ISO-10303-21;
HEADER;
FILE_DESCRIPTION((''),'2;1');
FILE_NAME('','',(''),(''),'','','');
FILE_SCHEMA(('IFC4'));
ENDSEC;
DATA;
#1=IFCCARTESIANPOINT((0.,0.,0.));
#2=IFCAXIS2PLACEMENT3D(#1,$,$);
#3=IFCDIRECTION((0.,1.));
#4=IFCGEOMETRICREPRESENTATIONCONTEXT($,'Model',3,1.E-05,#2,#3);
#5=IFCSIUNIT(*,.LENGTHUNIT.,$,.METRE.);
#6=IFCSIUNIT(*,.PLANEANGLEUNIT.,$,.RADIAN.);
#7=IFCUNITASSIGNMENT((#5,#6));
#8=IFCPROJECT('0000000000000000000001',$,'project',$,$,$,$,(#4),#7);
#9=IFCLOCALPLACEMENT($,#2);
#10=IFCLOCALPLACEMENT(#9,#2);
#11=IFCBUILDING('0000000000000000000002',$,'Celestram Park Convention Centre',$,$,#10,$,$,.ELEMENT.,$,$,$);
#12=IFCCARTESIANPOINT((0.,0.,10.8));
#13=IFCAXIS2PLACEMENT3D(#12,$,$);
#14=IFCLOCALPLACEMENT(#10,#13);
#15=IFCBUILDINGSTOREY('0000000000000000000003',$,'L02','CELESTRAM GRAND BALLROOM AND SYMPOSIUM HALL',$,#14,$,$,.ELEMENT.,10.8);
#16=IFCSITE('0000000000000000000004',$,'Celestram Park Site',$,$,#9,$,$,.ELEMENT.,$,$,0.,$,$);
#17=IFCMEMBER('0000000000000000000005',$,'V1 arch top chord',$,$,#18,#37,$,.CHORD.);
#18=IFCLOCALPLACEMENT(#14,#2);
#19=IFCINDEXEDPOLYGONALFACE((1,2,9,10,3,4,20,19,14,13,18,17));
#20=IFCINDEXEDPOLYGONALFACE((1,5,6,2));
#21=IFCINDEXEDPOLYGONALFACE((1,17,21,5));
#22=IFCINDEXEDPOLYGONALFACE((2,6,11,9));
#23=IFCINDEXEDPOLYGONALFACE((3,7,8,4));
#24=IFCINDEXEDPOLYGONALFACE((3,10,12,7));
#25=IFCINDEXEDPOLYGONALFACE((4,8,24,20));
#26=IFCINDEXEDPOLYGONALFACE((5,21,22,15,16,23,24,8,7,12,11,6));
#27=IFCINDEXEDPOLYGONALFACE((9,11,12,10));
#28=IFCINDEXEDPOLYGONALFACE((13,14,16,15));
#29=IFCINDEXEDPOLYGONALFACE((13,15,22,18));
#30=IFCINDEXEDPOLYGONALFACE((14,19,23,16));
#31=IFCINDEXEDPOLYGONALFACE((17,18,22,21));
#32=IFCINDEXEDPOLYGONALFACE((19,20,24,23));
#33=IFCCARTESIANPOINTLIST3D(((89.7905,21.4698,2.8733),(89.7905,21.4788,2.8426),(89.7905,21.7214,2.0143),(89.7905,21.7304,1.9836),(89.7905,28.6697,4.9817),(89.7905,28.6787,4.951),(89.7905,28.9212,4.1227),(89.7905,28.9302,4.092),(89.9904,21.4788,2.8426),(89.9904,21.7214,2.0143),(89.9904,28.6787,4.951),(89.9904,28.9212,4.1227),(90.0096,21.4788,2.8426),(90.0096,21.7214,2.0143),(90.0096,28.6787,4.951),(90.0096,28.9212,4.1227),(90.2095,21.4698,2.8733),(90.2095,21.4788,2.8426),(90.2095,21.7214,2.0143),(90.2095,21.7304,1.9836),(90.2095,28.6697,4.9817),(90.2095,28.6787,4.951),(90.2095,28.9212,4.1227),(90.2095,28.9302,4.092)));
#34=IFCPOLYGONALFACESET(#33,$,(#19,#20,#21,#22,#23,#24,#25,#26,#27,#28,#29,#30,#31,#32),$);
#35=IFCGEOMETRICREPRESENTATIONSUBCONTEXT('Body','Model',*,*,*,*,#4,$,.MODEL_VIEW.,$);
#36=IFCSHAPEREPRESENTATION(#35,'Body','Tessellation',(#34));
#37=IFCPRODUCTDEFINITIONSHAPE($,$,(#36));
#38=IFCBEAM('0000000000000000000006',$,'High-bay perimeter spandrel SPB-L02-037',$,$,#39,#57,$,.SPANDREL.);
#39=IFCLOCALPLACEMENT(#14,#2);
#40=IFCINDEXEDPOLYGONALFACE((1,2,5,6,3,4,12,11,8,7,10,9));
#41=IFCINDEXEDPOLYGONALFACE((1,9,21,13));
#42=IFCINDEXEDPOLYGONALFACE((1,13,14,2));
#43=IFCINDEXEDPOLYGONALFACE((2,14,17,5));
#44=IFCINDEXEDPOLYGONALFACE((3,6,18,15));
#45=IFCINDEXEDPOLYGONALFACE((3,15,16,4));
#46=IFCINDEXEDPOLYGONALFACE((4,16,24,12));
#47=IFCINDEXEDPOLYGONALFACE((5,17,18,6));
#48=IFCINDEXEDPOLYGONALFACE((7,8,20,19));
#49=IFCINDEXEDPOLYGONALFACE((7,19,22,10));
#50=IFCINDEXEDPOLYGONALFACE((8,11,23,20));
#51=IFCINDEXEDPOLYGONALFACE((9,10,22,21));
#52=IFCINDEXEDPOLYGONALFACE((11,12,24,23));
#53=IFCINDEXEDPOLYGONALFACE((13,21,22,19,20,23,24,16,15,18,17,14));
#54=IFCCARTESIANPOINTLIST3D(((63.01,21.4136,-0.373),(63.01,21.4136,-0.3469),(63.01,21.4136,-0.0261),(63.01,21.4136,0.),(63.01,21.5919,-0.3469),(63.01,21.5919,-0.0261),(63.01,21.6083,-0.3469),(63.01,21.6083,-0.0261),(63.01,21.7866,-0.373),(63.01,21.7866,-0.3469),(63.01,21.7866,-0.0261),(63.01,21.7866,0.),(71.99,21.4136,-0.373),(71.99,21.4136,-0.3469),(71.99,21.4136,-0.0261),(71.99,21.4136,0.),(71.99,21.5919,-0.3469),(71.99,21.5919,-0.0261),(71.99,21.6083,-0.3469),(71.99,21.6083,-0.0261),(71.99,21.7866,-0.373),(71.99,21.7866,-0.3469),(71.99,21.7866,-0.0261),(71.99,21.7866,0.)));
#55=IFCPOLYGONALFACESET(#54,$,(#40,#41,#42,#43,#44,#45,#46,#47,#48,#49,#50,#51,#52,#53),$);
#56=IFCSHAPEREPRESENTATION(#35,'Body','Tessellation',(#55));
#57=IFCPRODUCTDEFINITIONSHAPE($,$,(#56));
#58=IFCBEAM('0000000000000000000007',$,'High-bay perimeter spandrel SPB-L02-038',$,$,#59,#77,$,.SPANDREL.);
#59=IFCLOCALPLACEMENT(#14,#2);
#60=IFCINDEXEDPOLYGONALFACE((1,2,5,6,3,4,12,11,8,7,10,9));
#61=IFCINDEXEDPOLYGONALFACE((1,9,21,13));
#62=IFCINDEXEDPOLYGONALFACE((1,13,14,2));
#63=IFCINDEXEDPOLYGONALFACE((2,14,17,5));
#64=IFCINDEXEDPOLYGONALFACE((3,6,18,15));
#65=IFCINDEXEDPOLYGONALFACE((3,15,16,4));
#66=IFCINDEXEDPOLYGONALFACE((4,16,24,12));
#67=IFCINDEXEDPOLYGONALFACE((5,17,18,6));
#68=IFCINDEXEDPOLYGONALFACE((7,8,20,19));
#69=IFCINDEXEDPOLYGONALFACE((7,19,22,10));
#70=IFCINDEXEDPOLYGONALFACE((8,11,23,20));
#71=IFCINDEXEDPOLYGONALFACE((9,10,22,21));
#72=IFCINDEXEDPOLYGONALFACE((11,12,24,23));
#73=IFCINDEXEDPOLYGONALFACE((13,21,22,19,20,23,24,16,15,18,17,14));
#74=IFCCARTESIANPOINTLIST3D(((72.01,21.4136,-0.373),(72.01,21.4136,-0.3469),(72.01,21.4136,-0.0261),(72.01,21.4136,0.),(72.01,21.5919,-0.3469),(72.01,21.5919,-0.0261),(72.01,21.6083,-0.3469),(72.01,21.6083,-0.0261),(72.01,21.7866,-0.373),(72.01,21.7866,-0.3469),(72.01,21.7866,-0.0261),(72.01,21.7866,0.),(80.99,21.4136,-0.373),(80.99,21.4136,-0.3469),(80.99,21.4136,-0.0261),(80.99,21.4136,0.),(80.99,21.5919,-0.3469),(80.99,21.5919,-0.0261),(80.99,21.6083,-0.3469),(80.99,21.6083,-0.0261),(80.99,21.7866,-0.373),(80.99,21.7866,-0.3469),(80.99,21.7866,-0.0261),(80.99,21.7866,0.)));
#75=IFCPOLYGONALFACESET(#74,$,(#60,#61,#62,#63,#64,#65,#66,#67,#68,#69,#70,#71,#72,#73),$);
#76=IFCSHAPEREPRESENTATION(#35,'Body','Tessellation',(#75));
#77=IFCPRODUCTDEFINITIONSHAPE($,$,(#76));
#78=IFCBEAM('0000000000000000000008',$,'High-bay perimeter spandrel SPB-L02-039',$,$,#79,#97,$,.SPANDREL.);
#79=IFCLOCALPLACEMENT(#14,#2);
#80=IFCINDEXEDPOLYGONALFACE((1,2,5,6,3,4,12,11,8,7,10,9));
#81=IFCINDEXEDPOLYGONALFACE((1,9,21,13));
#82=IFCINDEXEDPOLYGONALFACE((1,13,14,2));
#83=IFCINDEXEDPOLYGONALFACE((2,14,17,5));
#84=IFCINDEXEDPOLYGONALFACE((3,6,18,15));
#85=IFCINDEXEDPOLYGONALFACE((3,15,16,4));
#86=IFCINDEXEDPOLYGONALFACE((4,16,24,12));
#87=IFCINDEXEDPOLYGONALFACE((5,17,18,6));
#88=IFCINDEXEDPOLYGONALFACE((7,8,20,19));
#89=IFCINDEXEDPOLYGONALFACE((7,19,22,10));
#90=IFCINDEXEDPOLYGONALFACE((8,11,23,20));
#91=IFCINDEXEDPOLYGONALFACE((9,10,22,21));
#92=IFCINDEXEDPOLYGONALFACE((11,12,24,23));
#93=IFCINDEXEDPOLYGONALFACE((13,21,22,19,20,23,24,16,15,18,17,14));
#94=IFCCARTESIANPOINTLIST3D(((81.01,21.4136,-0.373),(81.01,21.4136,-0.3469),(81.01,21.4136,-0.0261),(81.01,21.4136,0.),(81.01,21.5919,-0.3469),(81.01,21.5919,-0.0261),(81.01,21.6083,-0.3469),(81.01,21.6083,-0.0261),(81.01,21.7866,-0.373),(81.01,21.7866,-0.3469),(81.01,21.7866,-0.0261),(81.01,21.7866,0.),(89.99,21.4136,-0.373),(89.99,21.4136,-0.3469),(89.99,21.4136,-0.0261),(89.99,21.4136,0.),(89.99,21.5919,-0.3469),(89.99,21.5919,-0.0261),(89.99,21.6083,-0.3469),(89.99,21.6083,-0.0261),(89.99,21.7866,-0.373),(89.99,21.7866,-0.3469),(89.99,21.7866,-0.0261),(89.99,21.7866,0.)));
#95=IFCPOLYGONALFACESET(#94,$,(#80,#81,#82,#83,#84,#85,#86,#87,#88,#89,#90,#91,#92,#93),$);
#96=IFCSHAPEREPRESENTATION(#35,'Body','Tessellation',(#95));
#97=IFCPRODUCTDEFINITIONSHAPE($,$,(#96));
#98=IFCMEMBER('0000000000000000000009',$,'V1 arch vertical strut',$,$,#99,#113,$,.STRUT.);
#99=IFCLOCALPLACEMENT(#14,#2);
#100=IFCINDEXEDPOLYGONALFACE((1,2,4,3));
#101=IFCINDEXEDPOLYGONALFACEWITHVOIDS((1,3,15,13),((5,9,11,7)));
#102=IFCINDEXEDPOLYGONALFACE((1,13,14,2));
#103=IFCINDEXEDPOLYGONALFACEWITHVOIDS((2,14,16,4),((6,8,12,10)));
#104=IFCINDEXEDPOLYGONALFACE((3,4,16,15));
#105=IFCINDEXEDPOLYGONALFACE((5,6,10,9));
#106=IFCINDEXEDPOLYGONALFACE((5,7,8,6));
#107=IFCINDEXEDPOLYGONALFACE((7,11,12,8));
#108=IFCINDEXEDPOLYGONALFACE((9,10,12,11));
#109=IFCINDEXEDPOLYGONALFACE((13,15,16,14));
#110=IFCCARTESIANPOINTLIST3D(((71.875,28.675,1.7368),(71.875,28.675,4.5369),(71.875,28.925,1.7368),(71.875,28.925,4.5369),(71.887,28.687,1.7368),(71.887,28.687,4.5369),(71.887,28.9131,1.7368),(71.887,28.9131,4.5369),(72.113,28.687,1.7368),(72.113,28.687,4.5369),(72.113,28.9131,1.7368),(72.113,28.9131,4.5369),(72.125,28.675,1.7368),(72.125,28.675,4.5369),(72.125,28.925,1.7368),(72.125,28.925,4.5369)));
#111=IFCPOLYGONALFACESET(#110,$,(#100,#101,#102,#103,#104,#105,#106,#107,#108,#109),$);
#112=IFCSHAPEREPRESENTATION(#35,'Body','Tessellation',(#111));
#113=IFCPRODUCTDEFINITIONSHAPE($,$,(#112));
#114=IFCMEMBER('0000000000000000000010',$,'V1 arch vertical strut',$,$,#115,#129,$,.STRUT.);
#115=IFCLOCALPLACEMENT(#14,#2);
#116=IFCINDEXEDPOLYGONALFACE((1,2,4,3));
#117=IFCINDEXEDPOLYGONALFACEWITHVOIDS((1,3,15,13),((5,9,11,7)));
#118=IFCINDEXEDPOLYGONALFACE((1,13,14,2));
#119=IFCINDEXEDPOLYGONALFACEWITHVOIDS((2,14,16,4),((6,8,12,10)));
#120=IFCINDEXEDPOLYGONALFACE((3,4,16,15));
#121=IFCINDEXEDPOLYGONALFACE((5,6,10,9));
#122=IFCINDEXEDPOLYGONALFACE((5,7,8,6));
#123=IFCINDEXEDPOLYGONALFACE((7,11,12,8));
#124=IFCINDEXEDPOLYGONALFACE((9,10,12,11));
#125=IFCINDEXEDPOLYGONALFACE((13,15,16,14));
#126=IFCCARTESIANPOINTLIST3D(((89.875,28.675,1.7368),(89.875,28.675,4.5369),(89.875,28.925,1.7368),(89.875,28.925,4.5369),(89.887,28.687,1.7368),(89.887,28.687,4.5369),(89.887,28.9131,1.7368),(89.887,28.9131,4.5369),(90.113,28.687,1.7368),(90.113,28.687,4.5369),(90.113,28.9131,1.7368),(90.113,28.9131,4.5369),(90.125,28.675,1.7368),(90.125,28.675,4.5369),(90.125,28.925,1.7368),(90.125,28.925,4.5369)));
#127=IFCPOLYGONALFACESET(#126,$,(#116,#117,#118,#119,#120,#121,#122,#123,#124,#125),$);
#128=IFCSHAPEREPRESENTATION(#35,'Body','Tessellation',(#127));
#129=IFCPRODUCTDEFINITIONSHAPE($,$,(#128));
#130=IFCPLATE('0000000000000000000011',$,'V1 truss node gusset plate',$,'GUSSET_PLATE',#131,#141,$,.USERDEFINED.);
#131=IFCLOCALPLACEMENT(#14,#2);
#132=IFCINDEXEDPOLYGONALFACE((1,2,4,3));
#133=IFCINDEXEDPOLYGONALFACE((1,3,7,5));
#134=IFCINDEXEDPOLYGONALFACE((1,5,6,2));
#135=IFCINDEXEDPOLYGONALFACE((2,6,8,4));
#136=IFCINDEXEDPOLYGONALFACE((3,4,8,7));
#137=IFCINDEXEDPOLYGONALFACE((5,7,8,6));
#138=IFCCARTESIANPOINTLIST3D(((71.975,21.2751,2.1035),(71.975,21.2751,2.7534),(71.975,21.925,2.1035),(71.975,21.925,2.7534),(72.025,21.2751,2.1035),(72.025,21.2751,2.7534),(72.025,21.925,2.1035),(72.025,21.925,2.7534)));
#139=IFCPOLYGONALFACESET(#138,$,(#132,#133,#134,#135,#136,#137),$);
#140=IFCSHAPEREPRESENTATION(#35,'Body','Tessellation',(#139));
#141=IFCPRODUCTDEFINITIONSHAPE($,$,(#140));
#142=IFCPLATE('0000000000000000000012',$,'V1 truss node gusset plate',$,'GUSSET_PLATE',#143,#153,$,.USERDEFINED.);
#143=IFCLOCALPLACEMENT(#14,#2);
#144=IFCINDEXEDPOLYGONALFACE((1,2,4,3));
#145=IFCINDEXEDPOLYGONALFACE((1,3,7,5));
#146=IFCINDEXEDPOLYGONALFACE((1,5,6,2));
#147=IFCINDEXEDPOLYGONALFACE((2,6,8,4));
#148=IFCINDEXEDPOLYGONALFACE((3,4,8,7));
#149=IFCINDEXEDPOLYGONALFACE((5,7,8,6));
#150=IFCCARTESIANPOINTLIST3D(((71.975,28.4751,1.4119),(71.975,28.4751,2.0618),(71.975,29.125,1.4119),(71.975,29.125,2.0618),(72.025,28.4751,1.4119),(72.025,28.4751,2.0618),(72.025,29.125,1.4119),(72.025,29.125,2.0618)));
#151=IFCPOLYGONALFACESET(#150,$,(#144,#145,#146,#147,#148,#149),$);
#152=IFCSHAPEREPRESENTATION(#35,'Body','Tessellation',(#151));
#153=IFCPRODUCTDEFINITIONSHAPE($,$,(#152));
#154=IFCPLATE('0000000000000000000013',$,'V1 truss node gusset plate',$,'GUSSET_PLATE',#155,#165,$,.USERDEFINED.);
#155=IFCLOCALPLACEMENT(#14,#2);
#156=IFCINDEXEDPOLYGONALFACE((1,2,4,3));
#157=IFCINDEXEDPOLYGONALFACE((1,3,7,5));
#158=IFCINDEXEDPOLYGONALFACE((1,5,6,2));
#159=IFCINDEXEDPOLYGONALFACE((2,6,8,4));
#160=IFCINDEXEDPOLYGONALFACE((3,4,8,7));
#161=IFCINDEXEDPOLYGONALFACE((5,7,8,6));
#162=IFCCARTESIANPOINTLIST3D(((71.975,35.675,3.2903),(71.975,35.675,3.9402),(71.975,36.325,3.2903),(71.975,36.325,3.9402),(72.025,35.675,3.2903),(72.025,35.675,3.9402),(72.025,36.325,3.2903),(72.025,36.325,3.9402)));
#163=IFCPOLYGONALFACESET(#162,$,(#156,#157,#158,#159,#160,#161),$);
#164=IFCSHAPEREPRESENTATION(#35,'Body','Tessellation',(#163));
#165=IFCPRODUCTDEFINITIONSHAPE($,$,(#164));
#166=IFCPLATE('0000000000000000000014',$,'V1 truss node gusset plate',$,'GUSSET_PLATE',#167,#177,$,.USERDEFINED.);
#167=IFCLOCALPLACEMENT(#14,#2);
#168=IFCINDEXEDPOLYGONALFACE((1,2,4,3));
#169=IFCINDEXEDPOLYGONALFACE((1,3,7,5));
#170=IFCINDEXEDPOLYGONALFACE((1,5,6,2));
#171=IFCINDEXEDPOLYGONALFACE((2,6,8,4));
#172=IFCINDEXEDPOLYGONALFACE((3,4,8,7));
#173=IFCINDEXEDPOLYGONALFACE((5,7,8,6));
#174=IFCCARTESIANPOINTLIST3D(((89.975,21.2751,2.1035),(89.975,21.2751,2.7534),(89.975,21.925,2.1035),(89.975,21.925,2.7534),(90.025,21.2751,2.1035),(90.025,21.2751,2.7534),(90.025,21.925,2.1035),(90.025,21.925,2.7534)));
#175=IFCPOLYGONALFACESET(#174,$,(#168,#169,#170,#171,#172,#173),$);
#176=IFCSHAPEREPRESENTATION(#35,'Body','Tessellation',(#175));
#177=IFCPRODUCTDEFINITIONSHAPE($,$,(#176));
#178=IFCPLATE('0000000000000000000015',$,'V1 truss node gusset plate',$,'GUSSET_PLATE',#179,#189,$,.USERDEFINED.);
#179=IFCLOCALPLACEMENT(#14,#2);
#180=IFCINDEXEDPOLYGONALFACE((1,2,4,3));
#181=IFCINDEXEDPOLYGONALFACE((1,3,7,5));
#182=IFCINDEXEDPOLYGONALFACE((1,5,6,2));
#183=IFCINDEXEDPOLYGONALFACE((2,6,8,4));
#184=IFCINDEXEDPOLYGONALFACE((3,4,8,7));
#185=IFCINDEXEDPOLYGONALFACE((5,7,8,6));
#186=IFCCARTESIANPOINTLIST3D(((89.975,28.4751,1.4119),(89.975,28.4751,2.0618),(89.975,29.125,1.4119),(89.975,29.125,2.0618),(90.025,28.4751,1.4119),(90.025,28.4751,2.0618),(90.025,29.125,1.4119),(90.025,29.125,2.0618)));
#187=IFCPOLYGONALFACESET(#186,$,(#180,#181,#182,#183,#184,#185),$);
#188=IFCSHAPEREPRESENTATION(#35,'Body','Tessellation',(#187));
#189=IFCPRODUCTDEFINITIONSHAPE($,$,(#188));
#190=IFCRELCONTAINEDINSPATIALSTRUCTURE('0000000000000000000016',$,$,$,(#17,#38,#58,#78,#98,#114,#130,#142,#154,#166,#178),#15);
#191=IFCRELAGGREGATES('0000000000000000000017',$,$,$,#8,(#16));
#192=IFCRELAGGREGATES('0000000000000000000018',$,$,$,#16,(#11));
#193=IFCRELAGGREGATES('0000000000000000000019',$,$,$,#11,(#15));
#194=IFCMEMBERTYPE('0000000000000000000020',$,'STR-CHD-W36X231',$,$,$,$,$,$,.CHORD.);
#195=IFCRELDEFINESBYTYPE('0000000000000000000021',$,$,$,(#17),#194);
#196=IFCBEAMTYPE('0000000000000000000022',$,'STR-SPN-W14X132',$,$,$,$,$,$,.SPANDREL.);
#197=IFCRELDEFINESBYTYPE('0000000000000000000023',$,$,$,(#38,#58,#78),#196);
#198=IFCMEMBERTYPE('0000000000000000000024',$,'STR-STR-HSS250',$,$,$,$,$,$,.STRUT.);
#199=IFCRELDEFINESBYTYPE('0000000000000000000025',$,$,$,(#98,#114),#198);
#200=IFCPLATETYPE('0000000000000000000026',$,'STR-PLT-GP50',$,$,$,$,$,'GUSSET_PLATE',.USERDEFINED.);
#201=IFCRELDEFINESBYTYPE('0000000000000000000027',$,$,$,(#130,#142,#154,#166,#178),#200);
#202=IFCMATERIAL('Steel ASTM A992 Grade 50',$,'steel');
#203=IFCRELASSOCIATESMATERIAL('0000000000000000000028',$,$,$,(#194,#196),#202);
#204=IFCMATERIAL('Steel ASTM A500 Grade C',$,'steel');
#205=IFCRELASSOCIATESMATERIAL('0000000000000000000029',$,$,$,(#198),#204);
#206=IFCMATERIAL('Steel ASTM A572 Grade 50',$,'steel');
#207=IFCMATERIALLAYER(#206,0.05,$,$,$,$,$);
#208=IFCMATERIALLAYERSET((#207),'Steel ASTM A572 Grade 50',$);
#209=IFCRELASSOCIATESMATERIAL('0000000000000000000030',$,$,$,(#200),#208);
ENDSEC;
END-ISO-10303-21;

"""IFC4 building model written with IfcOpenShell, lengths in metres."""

from ifc_helpers import new_model, si_unit, direction, frame, origin, origin_2d, place, context, subcontext, project, spatial, rectangle, hollow_rectangle, i_section, extrude, material, layer, layer_set, material_profile, profile_set, type_object, element, save


model = new_model("IFC4")

# Units and contexts
model_context = context("Model", 3, precision=1e-05, world=origin(), true_north=direction((0.0, 1.0)))
body_context = subcontext(model_context, "Body", "Model", "MODEL_VIEW")
ifc_project = project(units=[si_unit("LENGTHUNIT", "METRE"), si_unit("PLANEANGLEUNIT", "RADIAN")], contexts=[model_context])

# Site, building, storey
site_placement = place(None, origin())
site = spatial("IfcSite", under=ifc_project, at=site_placement, Name="Celestram Park Site", CompositionType="ELEMENT", RefElevation=0.0)
building_placement = place(site_placement, origin())
building = spatial("IfcBuilding", under=site, at=building_placement, Name="Celestram Park Convention Centre", CompositionType="ELEMENT")
storey_placement = place(building_placement, frame((0.0, 0.0, 10.8)))
storey = spatial("IfcBuildingStorey", under=building, at=storey_placement, Name="L02", Description="CELESTRAM GRAND BALLROOM AND SYMPOSIUM HALL", CompositionType="ELEMENT", Elevation=10.8)

# Shared definitions
ifc_material_1 = material(Name="Steel ASTM A992 Grade 50", Category="steel")

# Member
ifc_material_2 = material(Name="Steel ASTM A500 Grade C", Category="steel")
ifc_material_profile_1 = material_profile(ifc_material_1, i_section(OverallWidth=0.4189, OverallDepth=0.927, WebThickness=0.0193, FlangeThickness=0.032, at=origin_2d()), Name="W36X231")
ifc_profile_set_1 = profile_set([ifc_material_profile_1], Name="Steel ASTM A992 Grade 50")
member_type_1 = type_object("IfcMemberType", Name="STR-CHD-W36X231", PredefinedType="CHORD", material=ifc_profile_set_1)
for number, where, z_axis, x_axis, name in (
    (1, (90.0, 21.6001, 2.4285), (0.0, 0.959698, 0.281033), (-1.0, 0.0, 0.0), "V1 arch top chord"),
):
    element("IfcMember", number, at=place(storey_placement, frame(where, z_axis=z_axis, x_axis=x_axis)), inside=storey, type_object=member_type_1, Name=name, PredefinedType="CHORD", context=body_context, shape_type="SweptSolid", body=[
        extrude(i_section(OverallWidth=0.4189, OverallDepth=0.927, WebThickness=0.0193, FlangeThickness=0.032, at=origin_2d()), origin(), (0.0, 0.0, 1.0), 7.5022),
    ])

# Beams
ifc_material_profile_2 = material_profile(ifc_material_1, i_section(OverallWidth=0.373, OverallDepth=0.373, WebThickness=0.0164, FlangeThickness=0.0261, at=origin_2d()), Name="W14X132")
ifc_profile_set_2 = profile_set([ifc_material_profile_2], Name="Steel ASTM A992 Grade 50")
beam_type_1 = type_object("IfcBeamType", Name="STR-SPN-W14X132", PredefinedType="SPANDREL", material=ifc_profile_set_2)
for number, where, z_axis, x_axis, name in (
    (2, (63.01, 21.6001, -0.1865), (1.0, 0.0, 0.0), (0.0, 1.0, 0.0), "High-bay perimeter spandrel SPB-L02-037"),
    (3, (72.01, 21.6001, -0.1865), (1.0, 0.0, 0.0), (0.0, 1.0, 0.0), "High-bay perimeter spandrel SPB-L02-038"),
    (4, (81.01, 21.6001, -0.1865), (1.0, 0.0, 0.0), (0.0, 1.0, 0.0), "High-bay perimeter spandrel SPB-L02-039"),
):
    element("IfcBeam", number, at=place(storey_placement, frame(where, z_axis=z_axis, x_axis=x_axis)), inside=storey, type_object=beam_type_1, Name=name, PredefinedType="SPANDREL", context=body_context, shape_type="SweptSolid", body=[
        extrude(i_section(OverallWidth=0.373, OverallDepth=0.373, WebThickness=0.0164, FlangeThickness=0.0261, at=origin_2d()), origin(), (0.0, 0.0, 1.0), 8.98),
    ])

# Members
ifc_material_profile_3 = material_profile(ifc_material_2, hollow_rectangle(XDim=0.25, YDim=0.25, WallThickness=0.012, at=origin_2d()), Name="HSS250X250X12")
ifc_profile_set_3 = profile_set([ifc_material_profile_3], Name="Steel ASTM A500 Grade C")
member_type_2 = type_object("IfcMemberType", Name="STR-STR-HSS250", PredefinedType="STRUT", material=ifc_profile_set_3)
for number, where, z_axis, x_axis, name in (
    (5, (72.0, 28.8, 1.7368), (0.0, 0.0, 1.0), (1.0, 0.0, 0.0), "V1 arch vertical strut"),
    (6, (90.0, 28.8, 1.7368), (0.0, 0.0, 1.0), (1.0, 0.0, 0.0), "V1 arch vertical strut"),
):
    element("IfcMember", number, at=place(storey_placement, frame(where, z_axis=z_axis, x_axis=x_axis)), inside=storey, type_object=member_type_2, Name=name, PredefinedType="STRUT", context=body_context, shape_type="SweptSolid", body=[
        extrude(hollow_rectangle(XDim=0.25, YDim=0.25, WallThickness=0.012, at=origin_2d()), origin(), (0.0, 0.0, 1.0), 2.8),
    ])

# Plates
ifc_material_3 = material(Name="Steel ASTM A572 Grade 50", Category="steel")
ifc_layer = layer(ifc_material_3, 0.05)
ifc_layer_set = layer_set([ifc_layer], Name="Steel ASTM A572 Grade 50")
plate_type = type_object("IfcPlateType", Name="STR-PLT-GP50", ElementType="GUSSET_PLATE", PredefinedType="USERDEFINED", material=ifc_layer_set)
for number, where, z_axis, x_axis, name in (
    (7, (72.0, 21.6001, 2.1035), (0.0, 0.0, 1.0), (0.0, 1.0, 0.0), "V1 truss node gusset plate"),
    (8, (72.0, 28.8, 1.4119), (0.0, 0.0, 1.0), (0.0, 1.0, 0.0), "V1 truss node gusset plate"),
    (9, (72.0, 36.0, 3.2903), (0.0, 0.0, 1.0), (0.0, 1.0, 0.0), "V1 truss node gusset plate"),
    (10, (90.0, 21.6001, 2.1035), (0.0, 0.0, 1.0), (0.0, 1.0, 0.0), "V1 truss node gusset plate"),
    (11, (90.0, 28.8, 1.4119), (0.0, 0.0, 1.0), (0.0, 1.0, 0.0), "V1 truss node gusset plate"),
):
    element("IfcPlate", number, at=place(storey_placement, frame(where, z_axis=z_axis, x_axis=x_axis)), inside=storey, type_object=plate_type, Name=name, ObjectType="GUSSET_PLATE", PredefinedType="USERDEFINED", context=body_context, shape_type="SweptSolid", body=[
        extrude(rectangle(XDim=0.6499, YDim=0.05, at=origin_2d()), origin(), (0.0, 0.0, 1.0), 0.6499),
    ])

save(model, "model.ifc")
